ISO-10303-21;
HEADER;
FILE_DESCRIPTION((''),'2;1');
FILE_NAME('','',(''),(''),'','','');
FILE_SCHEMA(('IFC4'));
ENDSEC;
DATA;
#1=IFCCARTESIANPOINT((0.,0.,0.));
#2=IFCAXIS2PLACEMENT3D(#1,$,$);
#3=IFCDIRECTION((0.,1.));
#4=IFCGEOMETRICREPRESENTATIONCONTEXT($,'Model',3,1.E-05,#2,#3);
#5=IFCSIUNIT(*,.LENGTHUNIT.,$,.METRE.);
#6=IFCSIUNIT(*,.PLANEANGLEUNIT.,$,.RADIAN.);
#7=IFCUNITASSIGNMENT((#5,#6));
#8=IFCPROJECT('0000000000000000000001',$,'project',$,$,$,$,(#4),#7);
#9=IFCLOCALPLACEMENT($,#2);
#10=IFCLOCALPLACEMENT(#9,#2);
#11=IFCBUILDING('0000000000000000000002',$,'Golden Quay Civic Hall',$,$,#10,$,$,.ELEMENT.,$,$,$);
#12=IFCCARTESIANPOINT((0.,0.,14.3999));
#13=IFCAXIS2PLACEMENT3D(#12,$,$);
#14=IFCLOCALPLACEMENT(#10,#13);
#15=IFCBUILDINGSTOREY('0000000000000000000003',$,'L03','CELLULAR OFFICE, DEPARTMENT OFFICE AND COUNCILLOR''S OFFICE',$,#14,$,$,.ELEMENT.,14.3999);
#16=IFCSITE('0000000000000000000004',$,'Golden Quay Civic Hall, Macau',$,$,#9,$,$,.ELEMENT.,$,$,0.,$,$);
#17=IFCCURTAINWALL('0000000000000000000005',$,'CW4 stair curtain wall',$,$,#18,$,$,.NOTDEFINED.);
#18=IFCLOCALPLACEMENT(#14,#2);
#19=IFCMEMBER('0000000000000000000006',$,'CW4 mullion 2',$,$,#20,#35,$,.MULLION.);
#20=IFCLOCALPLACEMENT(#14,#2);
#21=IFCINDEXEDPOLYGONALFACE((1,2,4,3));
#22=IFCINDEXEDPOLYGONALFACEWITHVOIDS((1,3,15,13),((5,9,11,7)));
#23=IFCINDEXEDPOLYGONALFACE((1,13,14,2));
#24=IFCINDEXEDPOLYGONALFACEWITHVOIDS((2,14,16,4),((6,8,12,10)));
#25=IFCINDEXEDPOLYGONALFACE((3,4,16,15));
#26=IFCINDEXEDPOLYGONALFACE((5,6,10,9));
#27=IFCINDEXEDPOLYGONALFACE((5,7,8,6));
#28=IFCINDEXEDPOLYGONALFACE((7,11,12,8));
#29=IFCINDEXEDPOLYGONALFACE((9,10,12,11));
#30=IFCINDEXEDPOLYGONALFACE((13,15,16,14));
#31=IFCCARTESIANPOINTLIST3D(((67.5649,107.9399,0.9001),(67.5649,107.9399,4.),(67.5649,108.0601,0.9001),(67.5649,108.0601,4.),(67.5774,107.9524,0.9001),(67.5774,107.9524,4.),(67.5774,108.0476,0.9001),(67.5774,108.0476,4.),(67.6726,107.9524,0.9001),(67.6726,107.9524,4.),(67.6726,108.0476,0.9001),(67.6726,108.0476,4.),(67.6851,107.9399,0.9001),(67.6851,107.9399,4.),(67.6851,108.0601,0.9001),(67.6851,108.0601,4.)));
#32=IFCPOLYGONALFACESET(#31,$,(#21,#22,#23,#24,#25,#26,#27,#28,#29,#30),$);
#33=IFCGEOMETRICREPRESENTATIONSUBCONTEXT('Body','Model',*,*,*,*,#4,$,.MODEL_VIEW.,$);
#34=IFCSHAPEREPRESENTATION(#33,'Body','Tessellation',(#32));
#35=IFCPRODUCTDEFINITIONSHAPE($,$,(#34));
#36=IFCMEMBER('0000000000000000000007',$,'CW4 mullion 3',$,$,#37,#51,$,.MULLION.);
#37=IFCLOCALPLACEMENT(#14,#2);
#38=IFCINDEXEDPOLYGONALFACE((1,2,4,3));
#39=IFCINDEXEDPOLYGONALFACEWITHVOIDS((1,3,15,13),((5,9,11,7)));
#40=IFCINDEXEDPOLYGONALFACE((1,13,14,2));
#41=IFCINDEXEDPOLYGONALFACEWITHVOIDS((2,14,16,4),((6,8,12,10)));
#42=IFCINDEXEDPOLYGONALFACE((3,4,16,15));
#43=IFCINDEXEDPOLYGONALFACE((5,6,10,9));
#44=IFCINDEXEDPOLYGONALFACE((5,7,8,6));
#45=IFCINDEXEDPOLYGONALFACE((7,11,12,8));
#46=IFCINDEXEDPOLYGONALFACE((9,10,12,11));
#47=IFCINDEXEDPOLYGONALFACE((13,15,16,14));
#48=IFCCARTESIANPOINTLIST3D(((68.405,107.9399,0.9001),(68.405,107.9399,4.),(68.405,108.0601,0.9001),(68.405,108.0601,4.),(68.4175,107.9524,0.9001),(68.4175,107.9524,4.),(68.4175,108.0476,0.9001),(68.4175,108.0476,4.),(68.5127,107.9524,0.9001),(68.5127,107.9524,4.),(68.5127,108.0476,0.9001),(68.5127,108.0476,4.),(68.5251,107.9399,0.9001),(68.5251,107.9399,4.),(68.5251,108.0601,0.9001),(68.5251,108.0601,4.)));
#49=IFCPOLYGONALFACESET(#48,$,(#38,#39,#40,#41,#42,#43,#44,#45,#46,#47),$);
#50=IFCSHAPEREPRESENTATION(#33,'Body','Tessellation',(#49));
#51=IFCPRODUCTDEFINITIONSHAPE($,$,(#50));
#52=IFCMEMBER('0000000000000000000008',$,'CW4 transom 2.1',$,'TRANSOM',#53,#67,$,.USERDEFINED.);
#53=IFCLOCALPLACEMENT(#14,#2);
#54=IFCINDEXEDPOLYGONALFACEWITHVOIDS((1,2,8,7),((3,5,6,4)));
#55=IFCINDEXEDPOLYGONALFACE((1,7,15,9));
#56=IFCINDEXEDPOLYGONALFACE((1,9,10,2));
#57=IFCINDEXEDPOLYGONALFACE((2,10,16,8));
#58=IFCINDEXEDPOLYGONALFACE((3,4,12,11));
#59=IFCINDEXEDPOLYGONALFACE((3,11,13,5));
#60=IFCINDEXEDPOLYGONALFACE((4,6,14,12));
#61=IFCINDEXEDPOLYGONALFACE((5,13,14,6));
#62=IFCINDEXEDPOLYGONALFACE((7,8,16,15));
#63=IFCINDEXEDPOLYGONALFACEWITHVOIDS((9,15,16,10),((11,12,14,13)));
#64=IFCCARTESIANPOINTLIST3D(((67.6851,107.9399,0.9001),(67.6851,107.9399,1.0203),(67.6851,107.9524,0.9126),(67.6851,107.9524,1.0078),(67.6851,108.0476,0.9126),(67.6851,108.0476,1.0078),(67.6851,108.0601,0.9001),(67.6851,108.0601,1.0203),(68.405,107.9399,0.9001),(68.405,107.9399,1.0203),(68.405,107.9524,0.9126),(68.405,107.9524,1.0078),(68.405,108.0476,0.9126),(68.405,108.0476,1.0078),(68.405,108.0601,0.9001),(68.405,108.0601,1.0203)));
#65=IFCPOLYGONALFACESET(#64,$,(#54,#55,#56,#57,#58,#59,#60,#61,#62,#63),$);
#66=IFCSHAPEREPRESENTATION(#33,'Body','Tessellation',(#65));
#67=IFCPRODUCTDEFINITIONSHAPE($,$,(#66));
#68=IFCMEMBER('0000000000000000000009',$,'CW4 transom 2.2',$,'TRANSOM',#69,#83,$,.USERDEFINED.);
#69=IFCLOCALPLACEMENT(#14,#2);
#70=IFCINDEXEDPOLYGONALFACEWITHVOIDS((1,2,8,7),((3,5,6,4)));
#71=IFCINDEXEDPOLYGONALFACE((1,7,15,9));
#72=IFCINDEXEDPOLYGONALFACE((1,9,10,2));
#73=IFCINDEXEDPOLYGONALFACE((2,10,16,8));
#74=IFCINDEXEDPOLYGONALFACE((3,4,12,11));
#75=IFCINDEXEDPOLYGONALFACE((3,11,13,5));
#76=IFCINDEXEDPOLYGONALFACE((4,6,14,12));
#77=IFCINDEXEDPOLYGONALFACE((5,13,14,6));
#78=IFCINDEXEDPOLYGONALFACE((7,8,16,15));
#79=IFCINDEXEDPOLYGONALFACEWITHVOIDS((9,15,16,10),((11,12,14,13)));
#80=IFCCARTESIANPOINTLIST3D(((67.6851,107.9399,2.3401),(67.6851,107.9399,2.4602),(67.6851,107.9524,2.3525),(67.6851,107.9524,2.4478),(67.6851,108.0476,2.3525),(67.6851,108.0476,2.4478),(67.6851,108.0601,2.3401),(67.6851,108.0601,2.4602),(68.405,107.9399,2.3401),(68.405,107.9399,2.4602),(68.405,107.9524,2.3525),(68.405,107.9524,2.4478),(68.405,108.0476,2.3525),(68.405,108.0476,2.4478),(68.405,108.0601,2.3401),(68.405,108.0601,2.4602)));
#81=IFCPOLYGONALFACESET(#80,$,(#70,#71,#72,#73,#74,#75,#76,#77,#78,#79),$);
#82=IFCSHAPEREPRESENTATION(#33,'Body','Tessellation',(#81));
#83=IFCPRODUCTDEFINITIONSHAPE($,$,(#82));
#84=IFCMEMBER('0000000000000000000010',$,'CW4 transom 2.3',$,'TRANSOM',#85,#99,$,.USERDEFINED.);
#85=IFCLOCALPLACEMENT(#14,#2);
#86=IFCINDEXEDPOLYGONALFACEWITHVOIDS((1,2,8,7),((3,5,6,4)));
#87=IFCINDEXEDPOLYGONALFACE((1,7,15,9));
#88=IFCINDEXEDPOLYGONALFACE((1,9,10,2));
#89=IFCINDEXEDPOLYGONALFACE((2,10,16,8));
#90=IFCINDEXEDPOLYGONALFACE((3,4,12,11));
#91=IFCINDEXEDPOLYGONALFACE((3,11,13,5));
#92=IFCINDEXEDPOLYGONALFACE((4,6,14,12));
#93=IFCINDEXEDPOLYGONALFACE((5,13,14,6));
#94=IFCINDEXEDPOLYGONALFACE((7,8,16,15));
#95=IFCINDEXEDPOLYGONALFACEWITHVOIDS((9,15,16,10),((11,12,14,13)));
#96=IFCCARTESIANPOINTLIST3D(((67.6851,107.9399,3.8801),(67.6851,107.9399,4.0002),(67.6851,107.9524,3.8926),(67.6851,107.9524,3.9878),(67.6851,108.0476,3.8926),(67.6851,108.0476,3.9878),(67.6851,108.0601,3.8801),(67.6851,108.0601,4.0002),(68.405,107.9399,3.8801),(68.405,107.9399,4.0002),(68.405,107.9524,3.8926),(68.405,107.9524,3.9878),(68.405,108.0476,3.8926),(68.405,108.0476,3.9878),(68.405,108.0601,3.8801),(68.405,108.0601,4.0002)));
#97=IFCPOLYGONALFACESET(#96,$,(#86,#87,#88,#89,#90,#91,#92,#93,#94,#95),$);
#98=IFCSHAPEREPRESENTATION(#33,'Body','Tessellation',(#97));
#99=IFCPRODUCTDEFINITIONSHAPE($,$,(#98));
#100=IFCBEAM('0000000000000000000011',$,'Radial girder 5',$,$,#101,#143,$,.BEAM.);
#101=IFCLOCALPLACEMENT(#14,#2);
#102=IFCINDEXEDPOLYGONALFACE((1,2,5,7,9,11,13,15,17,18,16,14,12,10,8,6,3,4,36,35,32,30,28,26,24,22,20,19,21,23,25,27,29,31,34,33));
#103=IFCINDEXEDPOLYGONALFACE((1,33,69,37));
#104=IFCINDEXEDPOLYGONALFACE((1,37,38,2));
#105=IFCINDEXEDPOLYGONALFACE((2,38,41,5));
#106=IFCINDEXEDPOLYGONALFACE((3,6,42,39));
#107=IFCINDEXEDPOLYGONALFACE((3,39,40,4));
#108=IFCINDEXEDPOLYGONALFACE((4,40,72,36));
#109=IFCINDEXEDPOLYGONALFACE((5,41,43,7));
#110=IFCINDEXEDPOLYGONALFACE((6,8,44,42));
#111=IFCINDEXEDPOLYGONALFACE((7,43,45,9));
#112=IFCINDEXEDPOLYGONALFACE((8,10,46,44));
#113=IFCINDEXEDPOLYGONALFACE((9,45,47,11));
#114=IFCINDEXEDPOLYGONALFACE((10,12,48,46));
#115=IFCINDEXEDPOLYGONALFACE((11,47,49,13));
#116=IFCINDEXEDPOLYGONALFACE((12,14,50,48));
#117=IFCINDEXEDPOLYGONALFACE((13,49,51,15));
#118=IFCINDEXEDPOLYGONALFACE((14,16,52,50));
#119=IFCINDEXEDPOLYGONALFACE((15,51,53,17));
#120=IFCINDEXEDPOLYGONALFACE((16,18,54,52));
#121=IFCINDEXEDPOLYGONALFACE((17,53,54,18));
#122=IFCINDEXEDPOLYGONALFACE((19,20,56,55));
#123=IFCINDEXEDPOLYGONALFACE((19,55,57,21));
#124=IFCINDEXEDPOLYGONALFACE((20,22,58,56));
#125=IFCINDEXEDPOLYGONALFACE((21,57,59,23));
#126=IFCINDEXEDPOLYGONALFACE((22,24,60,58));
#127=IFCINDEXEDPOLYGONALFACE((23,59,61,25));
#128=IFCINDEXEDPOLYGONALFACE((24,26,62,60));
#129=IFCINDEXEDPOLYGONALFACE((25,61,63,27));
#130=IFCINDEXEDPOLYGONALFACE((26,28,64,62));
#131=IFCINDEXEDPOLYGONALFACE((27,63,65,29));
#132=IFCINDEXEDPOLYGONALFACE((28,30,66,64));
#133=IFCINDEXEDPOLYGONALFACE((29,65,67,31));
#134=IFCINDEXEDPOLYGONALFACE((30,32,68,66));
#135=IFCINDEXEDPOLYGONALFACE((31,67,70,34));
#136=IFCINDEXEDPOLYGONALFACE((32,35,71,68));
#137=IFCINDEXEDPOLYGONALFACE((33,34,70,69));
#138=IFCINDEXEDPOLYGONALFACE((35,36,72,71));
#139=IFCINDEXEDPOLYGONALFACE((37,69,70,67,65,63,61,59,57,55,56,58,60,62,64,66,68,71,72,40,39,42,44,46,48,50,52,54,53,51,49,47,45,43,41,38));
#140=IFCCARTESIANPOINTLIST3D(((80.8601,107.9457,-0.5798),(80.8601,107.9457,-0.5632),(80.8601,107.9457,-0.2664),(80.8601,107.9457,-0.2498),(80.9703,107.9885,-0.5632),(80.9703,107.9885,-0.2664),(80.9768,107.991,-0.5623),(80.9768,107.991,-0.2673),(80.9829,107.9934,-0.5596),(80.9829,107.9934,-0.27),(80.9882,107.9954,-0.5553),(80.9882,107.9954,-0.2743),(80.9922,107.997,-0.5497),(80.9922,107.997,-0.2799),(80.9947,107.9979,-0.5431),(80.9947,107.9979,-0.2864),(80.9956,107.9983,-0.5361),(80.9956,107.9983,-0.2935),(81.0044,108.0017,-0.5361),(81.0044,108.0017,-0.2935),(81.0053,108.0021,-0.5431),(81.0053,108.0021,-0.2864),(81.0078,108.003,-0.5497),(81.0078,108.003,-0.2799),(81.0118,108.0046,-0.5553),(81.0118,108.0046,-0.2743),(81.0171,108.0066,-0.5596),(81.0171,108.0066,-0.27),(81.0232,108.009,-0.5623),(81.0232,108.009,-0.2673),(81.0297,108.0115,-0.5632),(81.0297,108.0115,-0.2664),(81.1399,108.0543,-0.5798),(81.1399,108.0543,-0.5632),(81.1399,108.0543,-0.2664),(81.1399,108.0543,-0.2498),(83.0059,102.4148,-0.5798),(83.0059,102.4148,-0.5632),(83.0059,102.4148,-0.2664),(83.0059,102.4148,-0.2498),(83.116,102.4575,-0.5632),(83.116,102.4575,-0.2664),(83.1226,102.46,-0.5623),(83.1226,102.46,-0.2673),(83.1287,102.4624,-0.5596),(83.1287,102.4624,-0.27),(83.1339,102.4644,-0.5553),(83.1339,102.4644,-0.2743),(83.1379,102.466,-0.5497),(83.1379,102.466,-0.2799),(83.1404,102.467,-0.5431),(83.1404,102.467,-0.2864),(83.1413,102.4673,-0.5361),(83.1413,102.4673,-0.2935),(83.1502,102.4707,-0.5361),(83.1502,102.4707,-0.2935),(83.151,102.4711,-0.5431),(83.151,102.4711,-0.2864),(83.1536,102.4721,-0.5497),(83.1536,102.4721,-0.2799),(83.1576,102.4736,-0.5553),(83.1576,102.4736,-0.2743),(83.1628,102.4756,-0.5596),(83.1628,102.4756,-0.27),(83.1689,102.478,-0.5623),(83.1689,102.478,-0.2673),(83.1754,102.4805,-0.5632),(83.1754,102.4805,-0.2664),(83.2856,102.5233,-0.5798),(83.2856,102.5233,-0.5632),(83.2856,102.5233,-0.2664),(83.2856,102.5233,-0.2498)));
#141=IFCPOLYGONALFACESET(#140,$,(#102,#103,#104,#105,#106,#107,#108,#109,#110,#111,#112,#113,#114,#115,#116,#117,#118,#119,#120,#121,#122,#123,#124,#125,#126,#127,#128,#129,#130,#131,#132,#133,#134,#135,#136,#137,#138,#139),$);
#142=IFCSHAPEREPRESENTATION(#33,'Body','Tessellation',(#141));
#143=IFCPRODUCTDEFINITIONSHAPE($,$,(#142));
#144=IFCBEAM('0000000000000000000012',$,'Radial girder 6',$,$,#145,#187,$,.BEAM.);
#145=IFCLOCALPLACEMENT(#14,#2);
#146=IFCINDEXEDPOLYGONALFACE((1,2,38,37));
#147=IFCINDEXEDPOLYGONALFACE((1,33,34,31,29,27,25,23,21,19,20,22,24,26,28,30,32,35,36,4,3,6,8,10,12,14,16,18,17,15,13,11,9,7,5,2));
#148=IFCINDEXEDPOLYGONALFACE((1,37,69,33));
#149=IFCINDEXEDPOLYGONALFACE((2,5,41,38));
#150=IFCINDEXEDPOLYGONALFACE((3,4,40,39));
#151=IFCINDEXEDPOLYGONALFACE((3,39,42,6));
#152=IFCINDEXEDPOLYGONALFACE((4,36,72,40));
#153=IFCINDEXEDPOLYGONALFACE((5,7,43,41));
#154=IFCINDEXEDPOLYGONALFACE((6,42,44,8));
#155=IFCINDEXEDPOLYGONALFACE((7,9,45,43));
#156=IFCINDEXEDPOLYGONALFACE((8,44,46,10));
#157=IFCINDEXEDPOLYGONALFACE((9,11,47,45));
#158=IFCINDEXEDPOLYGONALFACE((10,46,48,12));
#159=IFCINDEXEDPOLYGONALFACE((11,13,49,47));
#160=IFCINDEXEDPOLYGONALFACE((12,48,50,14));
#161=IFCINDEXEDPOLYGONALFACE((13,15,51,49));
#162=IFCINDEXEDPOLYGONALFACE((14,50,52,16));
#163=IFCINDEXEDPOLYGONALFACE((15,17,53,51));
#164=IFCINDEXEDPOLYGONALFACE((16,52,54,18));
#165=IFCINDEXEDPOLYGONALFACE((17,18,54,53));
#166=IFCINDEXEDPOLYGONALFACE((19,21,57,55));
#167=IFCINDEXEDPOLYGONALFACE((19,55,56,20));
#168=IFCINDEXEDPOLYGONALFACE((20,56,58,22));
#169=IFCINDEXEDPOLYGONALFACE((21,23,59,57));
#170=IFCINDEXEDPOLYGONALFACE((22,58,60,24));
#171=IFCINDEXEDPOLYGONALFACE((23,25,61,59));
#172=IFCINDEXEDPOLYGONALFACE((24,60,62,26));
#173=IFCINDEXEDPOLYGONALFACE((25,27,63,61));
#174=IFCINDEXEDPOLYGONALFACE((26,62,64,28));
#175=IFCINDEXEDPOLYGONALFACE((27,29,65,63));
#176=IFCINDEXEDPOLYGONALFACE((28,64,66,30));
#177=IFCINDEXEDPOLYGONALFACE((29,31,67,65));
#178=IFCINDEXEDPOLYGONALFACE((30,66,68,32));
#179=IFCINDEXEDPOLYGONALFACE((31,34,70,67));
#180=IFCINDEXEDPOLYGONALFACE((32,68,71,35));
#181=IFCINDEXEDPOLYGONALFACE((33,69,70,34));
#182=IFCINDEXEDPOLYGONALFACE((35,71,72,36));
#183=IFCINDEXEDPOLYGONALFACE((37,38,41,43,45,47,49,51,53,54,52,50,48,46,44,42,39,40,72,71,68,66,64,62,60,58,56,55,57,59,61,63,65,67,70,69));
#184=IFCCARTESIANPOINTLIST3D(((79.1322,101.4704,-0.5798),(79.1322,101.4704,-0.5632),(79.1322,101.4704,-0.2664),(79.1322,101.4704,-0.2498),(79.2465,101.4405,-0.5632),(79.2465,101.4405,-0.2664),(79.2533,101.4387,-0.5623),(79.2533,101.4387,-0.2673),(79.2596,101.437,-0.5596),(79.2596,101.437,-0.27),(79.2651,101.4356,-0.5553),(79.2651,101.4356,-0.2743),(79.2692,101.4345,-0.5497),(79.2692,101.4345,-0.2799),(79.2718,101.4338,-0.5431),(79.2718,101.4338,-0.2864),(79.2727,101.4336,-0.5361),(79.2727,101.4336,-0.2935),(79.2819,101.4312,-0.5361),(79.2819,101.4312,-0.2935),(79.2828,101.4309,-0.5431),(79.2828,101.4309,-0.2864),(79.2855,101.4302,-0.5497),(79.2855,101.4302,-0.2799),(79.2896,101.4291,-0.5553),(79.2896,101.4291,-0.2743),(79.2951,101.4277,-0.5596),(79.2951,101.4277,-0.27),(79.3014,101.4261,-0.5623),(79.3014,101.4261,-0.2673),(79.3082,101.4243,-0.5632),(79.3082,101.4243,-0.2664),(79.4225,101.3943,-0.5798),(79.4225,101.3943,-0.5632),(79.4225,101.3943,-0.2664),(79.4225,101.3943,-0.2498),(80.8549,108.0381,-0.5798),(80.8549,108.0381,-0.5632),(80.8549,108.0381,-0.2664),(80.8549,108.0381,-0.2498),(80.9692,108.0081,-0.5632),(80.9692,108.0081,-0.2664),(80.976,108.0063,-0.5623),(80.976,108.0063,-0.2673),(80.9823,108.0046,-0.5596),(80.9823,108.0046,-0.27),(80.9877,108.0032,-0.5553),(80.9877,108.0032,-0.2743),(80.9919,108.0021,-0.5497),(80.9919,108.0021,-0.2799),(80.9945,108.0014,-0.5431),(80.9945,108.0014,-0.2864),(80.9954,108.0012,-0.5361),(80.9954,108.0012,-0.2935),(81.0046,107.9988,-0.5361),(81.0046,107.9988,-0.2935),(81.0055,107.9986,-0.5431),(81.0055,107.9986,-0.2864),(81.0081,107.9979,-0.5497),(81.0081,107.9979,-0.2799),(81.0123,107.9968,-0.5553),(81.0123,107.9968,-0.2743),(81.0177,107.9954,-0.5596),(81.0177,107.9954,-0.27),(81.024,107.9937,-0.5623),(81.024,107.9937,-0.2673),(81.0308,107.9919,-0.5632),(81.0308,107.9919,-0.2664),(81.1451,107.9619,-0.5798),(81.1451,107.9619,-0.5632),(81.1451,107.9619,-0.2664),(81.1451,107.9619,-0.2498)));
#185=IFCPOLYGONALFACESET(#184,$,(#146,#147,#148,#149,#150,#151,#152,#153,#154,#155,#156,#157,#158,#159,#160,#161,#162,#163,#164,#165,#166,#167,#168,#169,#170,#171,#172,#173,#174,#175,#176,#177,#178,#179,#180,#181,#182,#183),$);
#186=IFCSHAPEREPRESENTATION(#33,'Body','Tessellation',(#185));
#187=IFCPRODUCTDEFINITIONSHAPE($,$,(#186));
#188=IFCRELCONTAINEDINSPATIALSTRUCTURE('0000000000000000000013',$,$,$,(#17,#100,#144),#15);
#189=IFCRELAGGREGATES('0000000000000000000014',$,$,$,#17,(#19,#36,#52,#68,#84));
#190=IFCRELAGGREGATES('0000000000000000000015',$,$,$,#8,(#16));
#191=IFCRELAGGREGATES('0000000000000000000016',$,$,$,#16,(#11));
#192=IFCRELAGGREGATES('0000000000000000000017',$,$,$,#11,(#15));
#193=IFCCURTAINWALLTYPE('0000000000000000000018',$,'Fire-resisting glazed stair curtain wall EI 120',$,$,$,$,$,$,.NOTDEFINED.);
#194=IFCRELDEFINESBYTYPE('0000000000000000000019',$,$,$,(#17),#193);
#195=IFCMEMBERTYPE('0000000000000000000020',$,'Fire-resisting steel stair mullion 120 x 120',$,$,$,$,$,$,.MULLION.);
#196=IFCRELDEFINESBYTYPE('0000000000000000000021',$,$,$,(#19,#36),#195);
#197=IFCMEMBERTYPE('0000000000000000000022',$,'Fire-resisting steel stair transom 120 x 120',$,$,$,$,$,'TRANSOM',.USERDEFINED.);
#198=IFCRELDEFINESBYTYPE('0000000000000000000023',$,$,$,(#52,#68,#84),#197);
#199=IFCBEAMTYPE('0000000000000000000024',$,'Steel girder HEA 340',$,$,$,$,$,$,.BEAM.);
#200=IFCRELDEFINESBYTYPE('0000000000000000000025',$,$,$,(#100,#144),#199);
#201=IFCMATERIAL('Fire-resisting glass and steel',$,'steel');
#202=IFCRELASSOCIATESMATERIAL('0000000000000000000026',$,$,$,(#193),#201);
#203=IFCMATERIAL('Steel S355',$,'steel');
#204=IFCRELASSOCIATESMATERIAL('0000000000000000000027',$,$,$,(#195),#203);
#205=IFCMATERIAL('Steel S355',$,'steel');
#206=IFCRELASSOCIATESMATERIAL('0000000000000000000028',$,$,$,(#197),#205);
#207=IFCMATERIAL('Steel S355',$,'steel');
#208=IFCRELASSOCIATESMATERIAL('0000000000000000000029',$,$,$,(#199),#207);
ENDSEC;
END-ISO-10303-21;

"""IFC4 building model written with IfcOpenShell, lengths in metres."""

from ifc_helpers import new_model, si_unit, direction, frame, origin, origin_2d, place, context, subcontext, project, spatial, hollow_rectangle, i_section, extrude, material, material_profile, profile_set, type_object, element, aggregate, save


model = new_model("IFC4")

# Units and contexts
model_context = context("Model", 3, precision=1e-05, world=origin(), true_north=direction((0.0, 1.0)))
body_context = subcontext(model_context, "Body", "Model", "MODEL_VIEW")
ifc_project = project(units=[si_unit("LENGTHUNIT", "METRE"), si_unit("PLANEANGLEUNIT", "RADIAN")], contexts=[model_context])

# Site, building, storey
site_placement = place(None, origin())
site = spatial("IfcSite", under=ifc_project, at=site_placement, Name="Golden Quay Civic Hall, Macau", CompositionType="ELEMENT", RefElevation=0.0)
building_placement = place(site_placement, origin())
building = spatial("IfcBuilding", under=site, at=building_placement, Name="Golden Quay Civic Hall", CompositionType="ELEMENT")
storey_placement = place(building_placement, frame((0.0, 0.0, 14.3999)))
storey = spatial("IfcBuildingStorey", under=building, at=storey_placement, Name="L03", Description="CELLULAR OFFICE, DEPARTMENT OFFICE AND COUNCILLOR'S OFFICE", CompositionType="ELEMENT", Elevation=14.3999)

# Curtain wall, members
ifc_material_1 = material(Name="Fire-resisting glass and steel", Category="steel")
curtain_wall_type = type_object("IfcCurtainWallType", Name="Fire-resisting glazed stair curtain wall EI 120", PredefinedType="NOTDEFINED", material=ifc_material_1)
curtain_wall_placement = place(storey_placement, origin())
curtain_wall = element("IfcCurtainWall", 1, at=curtain_wall_placement, inside=storey, type_object=curtain_wall_type, Name="CW4 stair curtain wall", PredefinedType="NOTDEFINED")
ifc_material_2 = material(Name="Steel S355", Category="steel")
ifc_material_profile_1 = material_profile(ifc_material_2, hollow_rectangle(XDim=0.1201, YDim=0.1201, WallThickness=0.0125, at=origin_2d()), Name="SHS 120x120x12.5")
ifc_profile_set_1 = profile_set([ifc_material_profile_1], Name="Steel S355")
member_type_1 = type_object("IfcMemberType", Name="Fire-resisting steel stair mullion 120 x 120", PredefinedType="MULLION", material=ifc_profile_set_1)
member_1_placement = place(storey_placement, frame((67.625, 108.0, 0.9001), z_axis=(0.0, 0.0, 1.0), x_axis=(0.0, 1.0, 0.0)))
member_1 = element("IfcMember", 2, at=member_1_placement, type_object=member_type_1, Name="CW4 mullion 2", PredefinedType="MULLION", context=body_context, shape_type="SweptSolid", body=[
    extrude(hollow_rectangle(XDim=0.1201, YDim=0.1201, WallThickness=0.0125, at=origin_2d()), origin(), (0.0, 0.0, 1.0), 3.0999),
])
member_2_placement = place(storey_placement, frame((68.4651, 108.0, 0.9001), z_axis=(0.0, 0.0, 1.0), x_axis=(0.0, 1.0, 0.0)))
member_2 = element("IfcMember", 3, at=member_2_placement, type_object=member_type_1, Name="CW4 mullion 3", PredefinedType="MULLION", context=body_context, shape_type="SweptSolid", body=[
    extrude(hollow_rectangle(XDim=0.1201, YDim=0.1201, WallThickness=0.0125, at=origin_2d()), origin(), (0.0, 0.0, 1.0), 3.0999),
])
ifc_material_3 = material(Name="Steel S355", Category="steel")
ifc_material_profile_2 = material_profile(ifc_material_3, hollow_rectangle(XDim=0.1201, YDim=0.1201, WallThickness=0.0125, at=origin_2d()), Name="SHS 120x120x12.5")
ifc_profile_set_2 = profile_set([ifc_material_profile_2], Name="Steel S355")
member_type_2 = type_object("IfcMemberType", Name="Fire-resisting steel stair transom 120 x 120", ElementType="TRANSOM", PredefinedType="USERDEFINED", material=ifc_profile_set_2)
member_3_placement = place(storey_placement, frame((67.6851, 108.0, 0.9602), z_axis=(1.0, 0.0, 0.0), x_axis=(0.0, 1.0, 0.0)))
member_3 = element("IfcMember", 4, at=member_3_placement, type_object=member_type_2, Name="CW4 transom 2.1", ObjectType="TRANSOM", PredefinedType="USERDEFINED", context=body_context, shape_type="SweptSolid", body=[
    extrude(hollow_rectangle(XDim=0.1201, YDim=0.1201, WallThickness=0.0125, at=origin_2d()), origin(), (0.0, 0.0, 1.0), 0.72),
])
member_4_placement = place(storey_placement, frame((67.6851, 108.0, 2.4001), z_axis=(1.0, 0.0, 0.0), x_axis=(0.0, 1.0, 0.0)))
member_4 = element("IfcMember", 5, at=member_4_placement, type_object=member_type_2, Name="CW4 transom 2.2", ObjectType="TRANSOM", PredefinedType="USERDEFINED", context=body_context, shape_type="SweptSolid", body=[
    extrude(hollow_rectangle(XDim=0.1201, YDim=0.1201, WallThickness=0.0125, at=origin_2d()), origin(), (0.0, 0.0, 1.0), 0.72),
])
member_5_placement = place(storey_placement, frame((67.6851, 108.0, 3.9402), z_axis=(1.0, 0.0, 0.0), x_axis=(0.0, 1.0, 0.0)))
member_5 = element("IfcMember", 6, at=member_5_placement, type_object=member_type_2, Name="CW4 transom 2.3", ObjectType="TRANSOM", PredefinedType="USERDEFINED", context=body_context, shape_type="SweptSolid", body=[
    extrude(hollow_rectangle(XDim=0.1201, YDim=0.1201, WallThickness=0.0125, at=origin_2d()), origin(), (0.0, 0.0, 1.0), 0.72),
])

# Beams
ifc_material_4 = material(Name="Steel S355", Category="steel")
ifc_material_profile_3 = material_profile(ifc_material_4, i_section(OverallWidth=0.3, OverallDepth=0.3301, WebThickness=0.0095, FlangeThickness=0.0166, FilletRadius=0.0271, at=origin_2d()), Name="HEA 340")
ifc_profile_set_3 = profile_set([ifc_material_profile_3], Name="Steel S355")
beam_type_1 = type_object("IfcBeamType", Name="Steel girder HEA 340", PredefinedType="BEAM", material=ifc_profile_set_3)
beam_1_placement = place(storey_placement, frame((81.0, 108.0, -0.4148), z_axis=(0.361686, -0.9323, 0.0), x_axis=(0.9323, 0.361686, 0.0)))
element("IfcBeam", 7, at=beam_1_placement, inside=storey, type_object=beam_type_1, Name="Radial girder 5", PredefinedType="BEAM", context=body_context, shape_type="SweptSolid", body=[
    extrude(i_section(OverallWidth=0.3, OverallDepth=0.3301, WebThickness=0.0095, FlangeThickness=0.0166, FilletRadius=0.0271, at=origin_2d()), origin(), (0.0, 0.0, 1.0), 5.9326),
])
beam_2_placement = place(storey_placement, frame((81.0, 108.0, -0.4148), z_axis=(-0.253713, -0.96728, 0.0), x_axis=(0.96728, -0.253713, 0.0)))
element("IfcBeam", 8, at=beam_2_placement, inside=storey, type_object=beam_type_1, Name="Radial girder 6", PredefinedType="BEAM", context=body_context, shape_type="SweptSolid", body=[
    extrude(i_section(OverallWidth=0.3, OverallDepth=0.3301, WebThickness=0.0095, FlangeThickness=0.0166, FilletRadius=0.0271, at=origin_2d()), origin(), (0.0, 0.0, 1.0), 6.7898),
])

aggregate(curtain_wall, [member_1, member_2, member_3, member_4, member_5])

save(model, "model.ifc")
